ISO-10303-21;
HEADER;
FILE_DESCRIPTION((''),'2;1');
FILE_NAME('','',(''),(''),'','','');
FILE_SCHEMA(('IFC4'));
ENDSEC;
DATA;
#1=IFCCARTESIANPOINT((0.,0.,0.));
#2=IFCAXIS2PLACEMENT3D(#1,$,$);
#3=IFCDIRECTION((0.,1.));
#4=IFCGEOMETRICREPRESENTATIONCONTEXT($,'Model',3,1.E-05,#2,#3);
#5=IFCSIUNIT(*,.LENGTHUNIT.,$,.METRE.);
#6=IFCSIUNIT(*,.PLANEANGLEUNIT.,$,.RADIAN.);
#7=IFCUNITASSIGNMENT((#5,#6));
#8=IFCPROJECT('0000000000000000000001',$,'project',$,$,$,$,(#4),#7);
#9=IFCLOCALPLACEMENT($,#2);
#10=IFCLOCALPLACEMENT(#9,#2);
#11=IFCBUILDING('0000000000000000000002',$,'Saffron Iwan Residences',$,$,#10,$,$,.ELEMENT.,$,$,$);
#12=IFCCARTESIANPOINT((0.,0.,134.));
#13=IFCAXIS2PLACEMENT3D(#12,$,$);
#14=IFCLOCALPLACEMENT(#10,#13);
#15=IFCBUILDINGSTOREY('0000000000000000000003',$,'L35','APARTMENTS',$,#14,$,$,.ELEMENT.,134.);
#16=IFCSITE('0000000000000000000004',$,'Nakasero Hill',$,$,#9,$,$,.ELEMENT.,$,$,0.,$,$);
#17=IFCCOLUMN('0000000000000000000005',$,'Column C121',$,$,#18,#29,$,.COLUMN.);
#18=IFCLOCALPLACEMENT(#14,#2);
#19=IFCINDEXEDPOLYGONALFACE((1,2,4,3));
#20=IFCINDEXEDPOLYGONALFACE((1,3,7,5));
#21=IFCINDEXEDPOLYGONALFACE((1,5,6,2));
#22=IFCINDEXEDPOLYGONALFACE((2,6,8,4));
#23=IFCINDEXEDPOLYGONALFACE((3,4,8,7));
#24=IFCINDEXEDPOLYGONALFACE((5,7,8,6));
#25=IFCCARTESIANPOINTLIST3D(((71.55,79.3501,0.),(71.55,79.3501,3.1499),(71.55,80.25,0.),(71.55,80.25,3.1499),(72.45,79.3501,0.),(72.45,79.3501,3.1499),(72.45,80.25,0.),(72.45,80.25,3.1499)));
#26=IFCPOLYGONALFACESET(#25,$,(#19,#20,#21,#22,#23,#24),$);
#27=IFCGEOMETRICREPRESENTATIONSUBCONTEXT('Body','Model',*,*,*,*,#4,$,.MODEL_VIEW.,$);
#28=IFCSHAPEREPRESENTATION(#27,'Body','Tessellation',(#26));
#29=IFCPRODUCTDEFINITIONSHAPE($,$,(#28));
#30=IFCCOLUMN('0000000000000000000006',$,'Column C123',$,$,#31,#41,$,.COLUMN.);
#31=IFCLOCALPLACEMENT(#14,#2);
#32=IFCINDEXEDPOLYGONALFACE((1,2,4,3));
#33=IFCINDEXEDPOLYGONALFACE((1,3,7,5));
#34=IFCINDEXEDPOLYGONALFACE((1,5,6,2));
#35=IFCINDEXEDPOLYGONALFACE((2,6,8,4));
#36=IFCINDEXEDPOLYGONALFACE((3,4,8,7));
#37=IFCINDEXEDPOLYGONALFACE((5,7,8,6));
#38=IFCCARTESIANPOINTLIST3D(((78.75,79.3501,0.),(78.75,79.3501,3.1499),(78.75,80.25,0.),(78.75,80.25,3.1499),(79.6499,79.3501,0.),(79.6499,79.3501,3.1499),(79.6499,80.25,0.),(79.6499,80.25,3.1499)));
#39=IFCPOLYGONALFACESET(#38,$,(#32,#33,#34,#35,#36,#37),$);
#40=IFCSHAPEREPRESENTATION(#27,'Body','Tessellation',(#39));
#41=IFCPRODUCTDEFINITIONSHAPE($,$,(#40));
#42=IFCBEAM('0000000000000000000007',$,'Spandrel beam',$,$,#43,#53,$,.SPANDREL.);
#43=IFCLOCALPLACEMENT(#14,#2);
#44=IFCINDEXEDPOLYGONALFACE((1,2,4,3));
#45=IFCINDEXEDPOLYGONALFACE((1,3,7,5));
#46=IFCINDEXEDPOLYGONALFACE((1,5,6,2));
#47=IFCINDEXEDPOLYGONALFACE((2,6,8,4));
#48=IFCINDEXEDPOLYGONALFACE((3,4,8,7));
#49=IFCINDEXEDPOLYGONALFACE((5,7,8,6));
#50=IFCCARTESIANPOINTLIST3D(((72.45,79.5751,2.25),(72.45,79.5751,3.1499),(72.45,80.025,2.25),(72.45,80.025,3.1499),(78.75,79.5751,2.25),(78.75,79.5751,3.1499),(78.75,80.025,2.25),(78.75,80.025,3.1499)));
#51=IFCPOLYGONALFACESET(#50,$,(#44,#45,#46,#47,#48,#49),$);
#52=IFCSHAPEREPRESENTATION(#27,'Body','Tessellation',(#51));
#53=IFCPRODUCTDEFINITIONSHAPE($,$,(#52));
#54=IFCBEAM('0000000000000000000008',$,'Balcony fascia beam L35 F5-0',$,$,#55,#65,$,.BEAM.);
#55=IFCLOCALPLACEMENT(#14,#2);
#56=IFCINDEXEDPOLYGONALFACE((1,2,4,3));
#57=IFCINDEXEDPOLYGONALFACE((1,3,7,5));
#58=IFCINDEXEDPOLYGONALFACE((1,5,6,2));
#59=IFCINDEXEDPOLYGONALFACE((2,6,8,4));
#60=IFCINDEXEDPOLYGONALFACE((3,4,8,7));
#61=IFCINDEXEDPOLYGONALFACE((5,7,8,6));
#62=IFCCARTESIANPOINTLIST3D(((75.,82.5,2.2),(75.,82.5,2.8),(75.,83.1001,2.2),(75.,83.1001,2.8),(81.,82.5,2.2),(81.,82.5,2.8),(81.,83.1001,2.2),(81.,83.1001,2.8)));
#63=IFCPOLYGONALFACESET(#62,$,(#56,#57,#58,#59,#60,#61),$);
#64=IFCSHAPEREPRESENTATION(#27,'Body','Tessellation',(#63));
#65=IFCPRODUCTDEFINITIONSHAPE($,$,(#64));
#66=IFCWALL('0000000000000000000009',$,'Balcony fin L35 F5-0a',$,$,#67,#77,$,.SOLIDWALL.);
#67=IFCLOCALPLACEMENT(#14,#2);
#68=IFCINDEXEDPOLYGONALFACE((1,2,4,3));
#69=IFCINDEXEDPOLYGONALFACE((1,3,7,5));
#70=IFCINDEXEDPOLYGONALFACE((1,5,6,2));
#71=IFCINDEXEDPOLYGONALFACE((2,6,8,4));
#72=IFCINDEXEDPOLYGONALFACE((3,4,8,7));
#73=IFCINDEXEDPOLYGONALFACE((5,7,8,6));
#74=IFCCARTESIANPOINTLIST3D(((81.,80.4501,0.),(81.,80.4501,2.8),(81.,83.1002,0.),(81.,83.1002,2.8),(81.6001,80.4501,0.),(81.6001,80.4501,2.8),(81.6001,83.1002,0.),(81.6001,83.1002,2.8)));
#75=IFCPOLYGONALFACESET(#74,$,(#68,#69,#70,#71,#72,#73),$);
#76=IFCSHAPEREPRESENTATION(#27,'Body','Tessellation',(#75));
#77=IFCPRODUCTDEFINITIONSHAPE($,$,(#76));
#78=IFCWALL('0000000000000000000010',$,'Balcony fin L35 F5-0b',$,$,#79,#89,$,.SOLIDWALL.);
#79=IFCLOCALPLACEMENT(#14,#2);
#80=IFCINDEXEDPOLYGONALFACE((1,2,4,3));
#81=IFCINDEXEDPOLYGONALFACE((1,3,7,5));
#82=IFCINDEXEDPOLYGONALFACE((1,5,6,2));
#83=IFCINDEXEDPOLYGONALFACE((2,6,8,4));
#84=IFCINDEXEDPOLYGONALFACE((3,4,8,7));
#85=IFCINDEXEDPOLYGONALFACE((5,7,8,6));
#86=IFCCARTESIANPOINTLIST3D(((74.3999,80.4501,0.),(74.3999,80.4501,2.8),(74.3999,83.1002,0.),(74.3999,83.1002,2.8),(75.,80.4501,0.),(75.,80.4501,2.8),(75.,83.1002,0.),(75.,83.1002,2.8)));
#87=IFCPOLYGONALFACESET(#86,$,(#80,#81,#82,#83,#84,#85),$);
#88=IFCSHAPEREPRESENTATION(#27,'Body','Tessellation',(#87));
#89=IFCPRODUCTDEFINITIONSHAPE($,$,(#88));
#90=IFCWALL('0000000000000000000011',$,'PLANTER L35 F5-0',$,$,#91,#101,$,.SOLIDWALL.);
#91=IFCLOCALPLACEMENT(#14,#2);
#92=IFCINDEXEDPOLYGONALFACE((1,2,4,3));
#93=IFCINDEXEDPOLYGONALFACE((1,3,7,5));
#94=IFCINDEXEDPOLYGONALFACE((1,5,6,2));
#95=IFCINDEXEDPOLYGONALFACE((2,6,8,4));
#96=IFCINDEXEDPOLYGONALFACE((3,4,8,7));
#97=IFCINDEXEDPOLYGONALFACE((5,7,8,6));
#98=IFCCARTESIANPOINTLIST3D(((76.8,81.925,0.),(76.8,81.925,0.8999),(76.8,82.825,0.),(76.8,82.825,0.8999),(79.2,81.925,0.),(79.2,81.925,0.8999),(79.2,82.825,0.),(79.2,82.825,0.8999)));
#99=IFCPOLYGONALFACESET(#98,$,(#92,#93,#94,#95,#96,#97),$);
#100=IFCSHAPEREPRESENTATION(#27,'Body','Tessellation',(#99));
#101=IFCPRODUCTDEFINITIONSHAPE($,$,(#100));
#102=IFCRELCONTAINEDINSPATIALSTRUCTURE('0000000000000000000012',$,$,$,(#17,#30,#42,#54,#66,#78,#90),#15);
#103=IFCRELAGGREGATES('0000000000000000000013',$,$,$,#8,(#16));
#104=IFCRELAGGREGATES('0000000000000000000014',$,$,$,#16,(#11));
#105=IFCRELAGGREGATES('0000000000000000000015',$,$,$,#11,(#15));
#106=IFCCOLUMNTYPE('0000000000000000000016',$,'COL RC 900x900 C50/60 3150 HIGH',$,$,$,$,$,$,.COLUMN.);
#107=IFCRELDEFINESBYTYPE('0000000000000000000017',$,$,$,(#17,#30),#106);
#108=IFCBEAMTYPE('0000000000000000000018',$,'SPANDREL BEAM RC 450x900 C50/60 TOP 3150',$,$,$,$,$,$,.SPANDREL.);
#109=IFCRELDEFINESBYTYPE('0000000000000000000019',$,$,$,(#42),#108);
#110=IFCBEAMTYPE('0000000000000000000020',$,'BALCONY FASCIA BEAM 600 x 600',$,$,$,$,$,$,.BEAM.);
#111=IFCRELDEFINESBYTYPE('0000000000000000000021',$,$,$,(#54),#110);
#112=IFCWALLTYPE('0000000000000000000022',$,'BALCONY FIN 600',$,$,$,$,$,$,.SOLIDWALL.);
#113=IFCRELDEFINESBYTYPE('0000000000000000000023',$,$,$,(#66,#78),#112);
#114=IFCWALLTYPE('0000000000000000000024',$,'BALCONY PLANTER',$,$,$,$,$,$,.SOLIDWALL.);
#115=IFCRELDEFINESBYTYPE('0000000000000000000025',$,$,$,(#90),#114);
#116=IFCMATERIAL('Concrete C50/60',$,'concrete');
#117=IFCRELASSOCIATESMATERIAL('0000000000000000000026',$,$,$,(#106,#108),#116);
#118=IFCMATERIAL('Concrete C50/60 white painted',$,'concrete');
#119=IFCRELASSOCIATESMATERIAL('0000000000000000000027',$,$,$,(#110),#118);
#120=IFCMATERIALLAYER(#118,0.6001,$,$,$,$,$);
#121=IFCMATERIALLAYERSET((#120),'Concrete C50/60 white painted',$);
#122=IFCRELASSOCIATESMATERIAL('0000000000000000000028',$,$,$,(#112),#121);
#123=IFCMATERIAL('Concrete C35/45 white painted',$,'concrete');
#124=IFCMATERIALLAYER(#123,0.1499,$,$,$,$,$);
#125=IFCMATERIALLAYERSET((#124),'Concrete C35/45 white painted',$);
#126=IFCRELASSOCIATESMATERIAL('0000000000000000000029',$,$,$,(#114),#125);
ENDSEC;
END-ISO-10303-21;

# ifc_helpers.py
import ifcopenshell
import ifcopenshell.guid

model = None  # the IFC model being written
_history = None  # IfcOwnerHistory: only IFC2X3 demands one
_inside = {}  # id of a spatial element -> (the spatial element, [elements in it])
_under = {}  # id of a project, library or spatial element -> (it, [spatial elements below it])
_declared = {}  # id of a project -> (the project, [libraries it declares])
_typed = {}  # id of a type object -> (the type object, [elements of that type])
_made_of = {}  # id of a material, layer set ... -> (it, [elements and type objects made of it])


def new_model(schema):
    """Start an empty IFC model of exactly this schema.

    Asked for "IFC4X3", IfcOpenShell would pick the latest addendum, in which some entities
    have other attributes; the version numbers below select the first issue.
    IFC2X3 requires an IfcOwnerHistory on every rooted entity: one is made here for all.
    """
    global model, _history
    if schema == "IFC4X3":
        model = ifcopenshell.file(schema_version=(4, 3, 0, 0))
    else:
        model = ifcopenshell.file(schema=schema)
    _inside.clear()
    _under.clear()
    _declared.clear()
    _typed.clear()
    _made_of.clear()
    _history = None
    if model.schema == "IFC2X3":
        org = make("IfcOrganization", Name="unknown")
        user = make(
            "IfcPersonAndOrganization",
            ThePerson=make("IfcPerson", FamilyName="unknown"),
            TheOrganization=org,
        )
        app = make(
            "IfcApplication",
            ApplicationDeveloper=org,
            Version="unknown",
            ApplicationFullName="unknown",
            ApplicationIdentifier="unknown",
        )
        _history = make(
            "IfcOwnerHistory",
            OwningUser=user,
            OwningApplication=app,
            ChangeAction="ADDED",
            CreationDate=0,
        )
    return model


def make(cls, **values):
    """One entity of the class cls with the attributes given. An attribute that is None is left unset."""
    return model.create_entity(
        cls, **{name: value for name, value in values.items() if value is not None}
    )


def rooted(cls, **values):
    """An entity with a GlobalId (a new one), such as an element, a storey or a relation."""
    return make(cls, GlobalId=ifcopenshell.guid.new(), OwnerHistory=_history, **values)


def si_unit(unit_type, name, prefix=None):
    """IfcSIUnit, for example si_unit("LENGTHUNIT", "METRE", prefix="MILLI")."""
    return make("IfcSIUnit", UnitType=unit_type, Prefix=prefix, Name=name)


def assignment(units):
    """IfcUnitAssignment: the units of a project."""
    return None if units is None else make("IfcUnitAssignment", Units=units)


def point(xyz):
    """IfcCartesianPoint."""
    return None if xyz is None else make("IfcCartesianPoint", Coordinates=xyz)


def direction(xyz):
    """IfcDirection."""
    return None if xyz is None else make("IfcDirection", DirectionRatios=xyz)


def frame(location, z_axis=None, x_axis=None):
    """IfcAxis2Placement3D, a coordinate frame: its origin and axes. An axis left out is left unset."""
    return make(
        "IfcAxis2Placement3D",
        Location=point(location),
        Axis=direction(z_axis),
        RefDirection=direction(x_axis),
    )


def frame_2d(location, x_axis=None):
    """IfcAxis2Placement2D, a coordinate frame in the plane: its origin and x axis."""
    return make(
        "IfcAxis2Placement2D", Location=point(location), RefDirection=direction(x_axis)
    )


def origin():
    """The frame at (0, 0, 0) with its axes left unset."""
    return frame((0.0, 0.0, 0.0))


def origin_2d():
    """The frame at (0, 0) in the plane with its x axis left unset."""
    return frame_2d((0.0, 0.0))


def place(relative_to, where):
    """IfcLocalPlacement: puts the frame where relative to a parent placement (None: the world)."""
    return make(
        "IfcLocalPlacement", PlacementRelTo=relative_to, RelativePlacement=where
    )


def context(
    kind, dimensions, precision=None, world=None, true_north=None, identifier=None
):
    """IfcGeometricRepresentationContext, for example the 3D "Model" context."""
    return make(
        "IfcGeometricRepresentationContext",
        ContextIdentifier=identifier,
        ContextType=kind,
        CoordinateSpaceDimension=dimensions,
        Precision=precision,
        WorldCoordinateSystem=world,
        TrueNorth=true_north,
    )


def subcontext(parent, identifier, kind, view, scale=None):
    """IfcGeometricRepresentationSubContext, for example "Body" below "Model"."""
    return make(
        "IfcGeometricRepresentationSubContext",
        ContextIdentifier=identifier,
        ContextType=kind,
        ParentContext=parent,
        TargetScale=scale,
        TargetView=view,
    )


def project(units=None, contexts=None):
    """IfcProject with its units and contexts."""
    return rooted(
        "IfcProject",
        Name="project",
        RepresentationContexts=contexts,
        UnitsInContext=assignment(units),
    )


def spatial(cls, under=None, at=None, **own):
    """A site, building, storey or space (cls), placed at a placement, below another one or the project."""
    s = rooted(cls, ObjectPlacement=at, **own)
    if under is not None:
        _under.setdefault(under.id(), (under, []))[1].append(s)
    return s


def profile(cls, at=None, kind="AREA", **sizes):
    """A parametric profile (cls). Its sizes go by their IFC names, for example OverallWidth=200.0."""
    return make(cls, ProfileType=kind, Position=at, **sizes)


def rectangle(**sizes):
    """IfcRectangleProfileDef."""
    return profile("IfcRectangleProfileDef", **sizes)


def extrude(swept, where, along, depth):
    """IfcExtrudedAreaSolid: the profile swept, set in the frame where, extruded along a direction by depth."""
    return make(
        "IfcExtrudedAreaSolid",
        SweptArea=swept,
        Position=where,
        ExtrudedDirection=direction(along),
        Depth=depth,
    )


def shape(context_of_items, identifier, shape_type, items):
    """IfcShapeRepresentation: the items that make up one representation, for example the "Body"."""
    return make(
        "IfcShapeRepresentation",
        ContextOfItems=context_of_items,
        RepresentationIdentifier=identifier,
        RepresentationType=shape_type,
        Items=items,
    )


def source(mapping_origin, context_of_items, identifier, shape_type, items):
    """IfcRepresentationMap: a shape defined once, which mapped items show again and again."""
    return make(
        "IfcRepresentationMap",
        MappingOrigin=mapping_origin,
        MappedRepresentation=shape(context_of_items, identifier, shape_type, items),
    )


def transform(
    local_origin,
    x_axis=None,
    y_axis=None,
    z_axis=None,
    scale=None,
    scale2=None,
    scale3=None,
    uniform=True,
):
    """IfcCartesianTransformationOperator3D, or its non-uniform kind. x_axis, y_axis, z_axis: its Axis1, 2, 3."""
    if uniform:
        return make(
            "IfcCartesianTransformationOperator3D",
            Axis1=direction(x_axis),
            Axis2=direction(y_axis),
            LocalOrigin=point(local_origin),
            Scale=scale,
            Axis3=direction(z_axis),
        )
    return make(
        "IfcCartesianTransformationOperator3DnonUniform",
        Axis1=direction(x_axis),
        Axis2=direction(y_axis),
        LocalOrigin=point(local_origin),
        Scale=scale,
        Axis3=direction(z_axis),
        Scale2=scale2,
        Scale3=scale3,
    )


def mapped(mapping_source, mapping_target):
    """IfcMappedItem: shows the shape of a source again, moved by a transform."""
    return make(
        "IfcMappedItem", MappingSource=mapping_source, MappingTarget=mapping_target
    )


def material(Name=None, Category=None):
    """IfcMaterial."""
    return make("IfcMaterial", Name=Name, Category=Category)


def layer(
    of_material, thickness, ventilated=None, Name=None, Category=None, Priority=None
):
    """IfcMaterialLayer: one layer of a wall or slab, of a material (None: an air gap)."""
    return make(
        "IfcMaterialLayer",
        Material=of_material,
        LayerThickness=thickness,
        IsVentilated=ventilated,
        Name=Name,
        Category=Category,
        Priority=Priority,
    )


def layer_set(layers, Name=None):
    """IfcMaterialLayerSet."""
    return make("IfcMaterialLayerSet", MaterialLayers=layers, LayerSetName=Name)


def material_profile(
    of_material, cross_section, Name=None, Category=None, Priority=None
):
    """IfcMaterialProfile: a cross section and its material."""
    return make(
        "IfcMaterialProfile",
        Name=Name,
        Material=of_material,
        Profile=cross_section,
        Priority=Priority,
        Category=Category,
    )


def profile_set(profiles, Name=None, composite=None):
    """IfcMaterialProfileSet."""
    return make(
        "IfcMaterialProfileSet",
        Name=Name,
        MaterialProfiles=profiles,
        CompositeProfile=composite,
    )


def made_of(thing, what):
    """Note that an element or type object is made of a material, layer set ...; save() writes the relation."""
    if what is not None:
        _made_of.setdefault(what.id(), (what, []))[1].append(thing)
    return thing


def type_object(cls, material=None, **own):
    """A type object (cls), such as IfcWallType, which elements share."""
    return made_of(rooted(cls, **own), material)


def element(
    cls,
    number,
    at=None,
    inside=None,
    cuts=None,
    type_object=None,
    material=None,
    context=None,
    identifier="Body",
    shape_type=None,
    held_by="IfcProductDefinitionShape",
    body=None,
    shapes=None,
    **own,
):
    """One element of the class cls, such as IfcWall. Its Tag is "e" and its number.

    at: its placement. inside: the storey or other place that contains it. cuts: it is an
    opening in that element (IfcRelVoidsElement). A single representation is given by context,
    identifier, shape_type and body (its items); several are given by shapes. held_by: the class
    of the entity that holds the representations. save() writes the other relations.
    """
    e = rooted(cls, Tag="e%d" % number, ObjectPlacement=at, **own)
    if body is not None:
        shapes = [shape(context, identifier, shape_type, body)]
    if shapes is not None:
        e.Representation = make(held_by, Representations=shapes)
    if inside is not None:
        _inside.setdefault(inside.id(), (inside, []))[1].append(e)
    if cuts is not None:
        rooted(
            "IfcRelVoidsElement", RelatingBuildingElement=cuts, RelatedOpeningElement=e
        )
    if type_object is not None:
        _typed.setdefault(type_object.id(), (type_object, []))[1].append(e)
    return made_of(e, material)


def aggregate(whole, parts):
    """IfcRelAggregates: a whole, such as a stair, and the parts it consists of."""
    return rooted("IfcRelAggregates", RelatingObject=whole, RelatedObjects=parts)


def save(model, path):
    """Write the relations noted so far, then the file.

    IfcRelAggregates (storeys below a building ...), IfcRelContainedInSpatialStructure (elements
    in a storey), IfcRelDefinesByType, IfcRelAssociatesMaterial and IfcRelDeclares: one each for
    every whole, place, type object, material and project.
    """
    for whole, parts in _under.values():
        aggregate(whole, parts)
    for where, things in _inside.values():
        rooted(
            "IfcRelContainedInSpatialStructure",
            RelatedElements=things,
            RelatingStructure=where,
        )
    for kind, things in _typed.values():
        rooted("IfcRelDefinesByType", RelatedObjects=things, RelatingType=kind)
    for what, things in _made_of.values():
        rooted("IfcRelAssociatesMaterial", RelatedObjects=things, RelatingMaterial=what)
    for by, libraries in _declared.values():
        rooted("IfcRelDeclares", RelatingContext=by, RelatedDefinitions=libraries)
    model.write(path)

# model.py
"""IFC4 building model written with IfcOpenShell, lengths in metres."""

from ifc_helpers import new_model, si_unit, direction, frame, frame_2d, origin, origin_2d, place, context, subcontext, project, spatial, rectangle, extrude, source, transform, mapped, material, layer, layer_set, material_profile, profile_set, type_object, element, save


model = new_model("IFC4")

# Units and contexts
model_context = context("Model", 3, precision=1e-05, world=origin(), true_north=direction((0.0, 1.0)))
body_context = subcontext(model_context, "Body", "Model", "MODEL_VIEW")
ifc_project = project(units=[si_unit("LENGTHUNIT", "METRE"), si_unit("PLANEANGLEUNIT", "RADIAN")], contexts=[model_context])

# Site, building, storey
site_placement = place(None, origin())
site = spatial("IfcSite", under=ifc_project, at=site_placement, Name="Nakasero Hill", CompositionType="ELEMENT", RefElevation=0.0)
building_placement = place(site_placement, origin())
building = spatial("IfcBuilding", under=site, at=building_placement, Name="Saffron Iwan Residences", CompositionType="ELEMENT")
storey_placement = place(building_placement, frame((0.0, 0.0, 134.0)))
storey = spatial("IfcBuildingStorey", under=building, at=storey_placement, Name="L35", Description="APARTMENTS", CompositionType="ELEMENT", Elevation=134.0)

# Columns
ifc_material_1 = material(Name="Concrete C50/60", Category="concrete")
ifc_material_profile_1 = material_profile(ifc_material_1, rectangle(XDim=0.8999, YDim=0.8999, at=origin_2d()), Name="RC 900x900")
ifc_profile_set_1 = profile_set([ifc_material_profile_1], Name="Concrete C50/60")
column_type = type_object("IfcColumnType", Name="COL RC 900x900 C50/60 3150 HIGH", PredefinedType="COLUMN", material=ifc_profile_set_1)
shared_shape_1 = source(origin(), body_context, "Body", "SweptSolid", [
    extrude(rectangle(XDim=0.8999, YDim=0.8999, at=origin_2d()), origin(), (0.0, 0.0, 1.0), 3.1499),
])
for number, where, z_axis, x_axis, name in (
    (1, (72.0, 79.8, 0.0), (0.0, 0.0, 1.0), (1.0, 0.0, 0.0), "Column C121"),
    (2, (79.2, 79.8, 0.0), (0.0, 0.0, 1.0), (1.0, 0.0, 0.0), "Column C123"),
):
    element("IfcColumn", number, at=place(storey_placement, frame(where, z_axis=z_axis, x_axis=x_axis)), inside=storey, type_object=column_type, Name=name, PredefinedType="COLUMN", context=body_context, shape_type="MappedRepresentation", body=[
        mapped(shared_shape_1, transform((0.0, 0.0, 0.0))),
    ])

# Beams
ifc_material_profile_2 = material_profile(ifc_material_1, rectangle(XDim=0.45, YDim=0.8999, at=origin_2d()), Name="RC 450x900")
ifc_profile_set_2 = profile_set([ifc_material_profile_2], Name="Concrete C50/60")
beam_type_1 = type_object("IfcBeamType", Name="SPANDREL BEAM RC 450x900 C50/60 TOP 3150", PredefinedType="SPANDREL", material=ifc_profile_set_2)
shared_shape_2 = source(origin(), body_context, "Body", "SweptSolid", [
    extrude(rectangle(XDim=0.45, YDim=0.8999, at=origin_2d()), origin(), (0.0, 0.0, 1.0), 6.3),
])
beam_1_placement = place(storey_placement, frame((72.45, 79.8, 2.7), z_axis=(1.0, 0.0, 0.0), x_axis=(0.0, 1.0, 0.0)))
element("IfcBeam", 3, at=beam_1_placement, inside=storey, type_object=beam_type_1, Name="Spandrel beam", PredefinedType="SPANDREL", context=body_context, shape_type="MappedRepresentation", body=[
    mapped(shared_shape_2, transform((0.0, 0.0, 0.0))),
])
ifc_material_2 = material(Name="Concrete C50/60 white painted", Category="concrete")
ifc_material_profile_3 = material_profile(ifc_material_2, rectangle(XDim=0.6001, YDim=0.6001, at=origin_2d()), Name="BALCONY FASCIA BEAM 600 x 600")
ifc_profile_set_3 = profile_set([ifc_material_profile_3], Name="Concrete C50/60 white painted")
beam_type_2 = type_object("IfcBeamType", Name="BALCONY FASCIA BEAM 600 x 600", PredefinedType="BEAM", material=ifc_profile_set_3)
shared_shape_3 = source(origin(), body_context, "Body", "SweptSolid", [
    extrude(rectangle(XDim=0.6001, YDim=0.6001, at=origin_2d()), origin(), (0.0, 0.0, 1.0), 6.0),
])
beam_2_placement = place(storey_placement, frame((81.0, 82.8, 2.5), z_axis=(-1.0, 0.0, 0.0), x_axis=(0.0, -1.0, 0.0)))
element("IfcBeam", 4, at=beam_2_placement, inside=storey, type_object=beam_type_2, Name="Balcony fascia beam L35 F5-0", PredefinedType="BEAM", context=body_context, shape_type="MappedRepresentation", body=[
    mapped(shared_shape_3, transform((0.0, 0.0, 0.0))),
])

# Walls
ifc_layer_1 = layer(ifc_material_2, 0.6001)
ifc_layer_set_1 = layer_set([ifc_layer_1], Name="Concrete C50/60 white painted")
wall_type_1 = type_object("IfcWallType", Name="BALCONY FIN 600", PredefinedType="SOLIDWALL", material=ifc_layer_set_1)
for number, where, z_axis, x_axis, name in (
    (5, (81.3, 80.45, 0.0), (0.0, 0.0, 1.0), (0.0, 1.0, 0.0), "Balcony fin L35 F5-0a"),
    (6, (74.7, 80.45, 0.0), (0.0, 0.0, 1.0), (0.0, 1.0, 0.0), "Balcony fin L35 F5-0b"),
):
    element("IfcWall", number, at=place(storey_placement, frame(where, z_axis=z_axis, x_axis=x_axis)), inside=storey, type_object=wall_type_1, Name=name, PredefinedType="SOLIDWALL", context=body_context, shape_type="SweptSolid", body=[
        extrude(rectangle(XDim=2.6501, YDim=0.6001, at=frame_2d((1.3252, 0.0))), origin(), (0.0, 0.0, 1.0), 2.8),
    ])
ifc_material_3 = material(Name="Concrete C35/45 white painted", Category="concrete")
ifc_layer_2 = layer(ifc_material_3, 0.1499)
ifc_layer_set_2 = layer_set([ifc_layer_2], Name="Concrete C35/45 white painted")
wall_type_2 = type_object("IfcWallType", Name="BALCONY PLANTER", PredefinedType="SOLIDWALL", material=ifc_layer_set_2)
wall_1_placement = place(storey_placement, frame((79.2, 82.375, 0.0), z_axis=(0.0, 0.0, 1.0), x_axis=(-1.0, 0.0, 0.0)))
element("IfcWall", 7, at=wall_1_placement, inside=storey, type_object=wall_type_2, Name="PLANTER L35 F5-0", PredefinedType="SOLIDWALL", context=body_context, shape_type="SweptSolid", body=[
    extrude(rectangle(XDim=2.3999, YDim=0.8999, at=frame_2d((1.2, 0.0))), origin(), (0.0, 0.0, 1.0), 0.8999),
])

save(model, "model.ifc")
